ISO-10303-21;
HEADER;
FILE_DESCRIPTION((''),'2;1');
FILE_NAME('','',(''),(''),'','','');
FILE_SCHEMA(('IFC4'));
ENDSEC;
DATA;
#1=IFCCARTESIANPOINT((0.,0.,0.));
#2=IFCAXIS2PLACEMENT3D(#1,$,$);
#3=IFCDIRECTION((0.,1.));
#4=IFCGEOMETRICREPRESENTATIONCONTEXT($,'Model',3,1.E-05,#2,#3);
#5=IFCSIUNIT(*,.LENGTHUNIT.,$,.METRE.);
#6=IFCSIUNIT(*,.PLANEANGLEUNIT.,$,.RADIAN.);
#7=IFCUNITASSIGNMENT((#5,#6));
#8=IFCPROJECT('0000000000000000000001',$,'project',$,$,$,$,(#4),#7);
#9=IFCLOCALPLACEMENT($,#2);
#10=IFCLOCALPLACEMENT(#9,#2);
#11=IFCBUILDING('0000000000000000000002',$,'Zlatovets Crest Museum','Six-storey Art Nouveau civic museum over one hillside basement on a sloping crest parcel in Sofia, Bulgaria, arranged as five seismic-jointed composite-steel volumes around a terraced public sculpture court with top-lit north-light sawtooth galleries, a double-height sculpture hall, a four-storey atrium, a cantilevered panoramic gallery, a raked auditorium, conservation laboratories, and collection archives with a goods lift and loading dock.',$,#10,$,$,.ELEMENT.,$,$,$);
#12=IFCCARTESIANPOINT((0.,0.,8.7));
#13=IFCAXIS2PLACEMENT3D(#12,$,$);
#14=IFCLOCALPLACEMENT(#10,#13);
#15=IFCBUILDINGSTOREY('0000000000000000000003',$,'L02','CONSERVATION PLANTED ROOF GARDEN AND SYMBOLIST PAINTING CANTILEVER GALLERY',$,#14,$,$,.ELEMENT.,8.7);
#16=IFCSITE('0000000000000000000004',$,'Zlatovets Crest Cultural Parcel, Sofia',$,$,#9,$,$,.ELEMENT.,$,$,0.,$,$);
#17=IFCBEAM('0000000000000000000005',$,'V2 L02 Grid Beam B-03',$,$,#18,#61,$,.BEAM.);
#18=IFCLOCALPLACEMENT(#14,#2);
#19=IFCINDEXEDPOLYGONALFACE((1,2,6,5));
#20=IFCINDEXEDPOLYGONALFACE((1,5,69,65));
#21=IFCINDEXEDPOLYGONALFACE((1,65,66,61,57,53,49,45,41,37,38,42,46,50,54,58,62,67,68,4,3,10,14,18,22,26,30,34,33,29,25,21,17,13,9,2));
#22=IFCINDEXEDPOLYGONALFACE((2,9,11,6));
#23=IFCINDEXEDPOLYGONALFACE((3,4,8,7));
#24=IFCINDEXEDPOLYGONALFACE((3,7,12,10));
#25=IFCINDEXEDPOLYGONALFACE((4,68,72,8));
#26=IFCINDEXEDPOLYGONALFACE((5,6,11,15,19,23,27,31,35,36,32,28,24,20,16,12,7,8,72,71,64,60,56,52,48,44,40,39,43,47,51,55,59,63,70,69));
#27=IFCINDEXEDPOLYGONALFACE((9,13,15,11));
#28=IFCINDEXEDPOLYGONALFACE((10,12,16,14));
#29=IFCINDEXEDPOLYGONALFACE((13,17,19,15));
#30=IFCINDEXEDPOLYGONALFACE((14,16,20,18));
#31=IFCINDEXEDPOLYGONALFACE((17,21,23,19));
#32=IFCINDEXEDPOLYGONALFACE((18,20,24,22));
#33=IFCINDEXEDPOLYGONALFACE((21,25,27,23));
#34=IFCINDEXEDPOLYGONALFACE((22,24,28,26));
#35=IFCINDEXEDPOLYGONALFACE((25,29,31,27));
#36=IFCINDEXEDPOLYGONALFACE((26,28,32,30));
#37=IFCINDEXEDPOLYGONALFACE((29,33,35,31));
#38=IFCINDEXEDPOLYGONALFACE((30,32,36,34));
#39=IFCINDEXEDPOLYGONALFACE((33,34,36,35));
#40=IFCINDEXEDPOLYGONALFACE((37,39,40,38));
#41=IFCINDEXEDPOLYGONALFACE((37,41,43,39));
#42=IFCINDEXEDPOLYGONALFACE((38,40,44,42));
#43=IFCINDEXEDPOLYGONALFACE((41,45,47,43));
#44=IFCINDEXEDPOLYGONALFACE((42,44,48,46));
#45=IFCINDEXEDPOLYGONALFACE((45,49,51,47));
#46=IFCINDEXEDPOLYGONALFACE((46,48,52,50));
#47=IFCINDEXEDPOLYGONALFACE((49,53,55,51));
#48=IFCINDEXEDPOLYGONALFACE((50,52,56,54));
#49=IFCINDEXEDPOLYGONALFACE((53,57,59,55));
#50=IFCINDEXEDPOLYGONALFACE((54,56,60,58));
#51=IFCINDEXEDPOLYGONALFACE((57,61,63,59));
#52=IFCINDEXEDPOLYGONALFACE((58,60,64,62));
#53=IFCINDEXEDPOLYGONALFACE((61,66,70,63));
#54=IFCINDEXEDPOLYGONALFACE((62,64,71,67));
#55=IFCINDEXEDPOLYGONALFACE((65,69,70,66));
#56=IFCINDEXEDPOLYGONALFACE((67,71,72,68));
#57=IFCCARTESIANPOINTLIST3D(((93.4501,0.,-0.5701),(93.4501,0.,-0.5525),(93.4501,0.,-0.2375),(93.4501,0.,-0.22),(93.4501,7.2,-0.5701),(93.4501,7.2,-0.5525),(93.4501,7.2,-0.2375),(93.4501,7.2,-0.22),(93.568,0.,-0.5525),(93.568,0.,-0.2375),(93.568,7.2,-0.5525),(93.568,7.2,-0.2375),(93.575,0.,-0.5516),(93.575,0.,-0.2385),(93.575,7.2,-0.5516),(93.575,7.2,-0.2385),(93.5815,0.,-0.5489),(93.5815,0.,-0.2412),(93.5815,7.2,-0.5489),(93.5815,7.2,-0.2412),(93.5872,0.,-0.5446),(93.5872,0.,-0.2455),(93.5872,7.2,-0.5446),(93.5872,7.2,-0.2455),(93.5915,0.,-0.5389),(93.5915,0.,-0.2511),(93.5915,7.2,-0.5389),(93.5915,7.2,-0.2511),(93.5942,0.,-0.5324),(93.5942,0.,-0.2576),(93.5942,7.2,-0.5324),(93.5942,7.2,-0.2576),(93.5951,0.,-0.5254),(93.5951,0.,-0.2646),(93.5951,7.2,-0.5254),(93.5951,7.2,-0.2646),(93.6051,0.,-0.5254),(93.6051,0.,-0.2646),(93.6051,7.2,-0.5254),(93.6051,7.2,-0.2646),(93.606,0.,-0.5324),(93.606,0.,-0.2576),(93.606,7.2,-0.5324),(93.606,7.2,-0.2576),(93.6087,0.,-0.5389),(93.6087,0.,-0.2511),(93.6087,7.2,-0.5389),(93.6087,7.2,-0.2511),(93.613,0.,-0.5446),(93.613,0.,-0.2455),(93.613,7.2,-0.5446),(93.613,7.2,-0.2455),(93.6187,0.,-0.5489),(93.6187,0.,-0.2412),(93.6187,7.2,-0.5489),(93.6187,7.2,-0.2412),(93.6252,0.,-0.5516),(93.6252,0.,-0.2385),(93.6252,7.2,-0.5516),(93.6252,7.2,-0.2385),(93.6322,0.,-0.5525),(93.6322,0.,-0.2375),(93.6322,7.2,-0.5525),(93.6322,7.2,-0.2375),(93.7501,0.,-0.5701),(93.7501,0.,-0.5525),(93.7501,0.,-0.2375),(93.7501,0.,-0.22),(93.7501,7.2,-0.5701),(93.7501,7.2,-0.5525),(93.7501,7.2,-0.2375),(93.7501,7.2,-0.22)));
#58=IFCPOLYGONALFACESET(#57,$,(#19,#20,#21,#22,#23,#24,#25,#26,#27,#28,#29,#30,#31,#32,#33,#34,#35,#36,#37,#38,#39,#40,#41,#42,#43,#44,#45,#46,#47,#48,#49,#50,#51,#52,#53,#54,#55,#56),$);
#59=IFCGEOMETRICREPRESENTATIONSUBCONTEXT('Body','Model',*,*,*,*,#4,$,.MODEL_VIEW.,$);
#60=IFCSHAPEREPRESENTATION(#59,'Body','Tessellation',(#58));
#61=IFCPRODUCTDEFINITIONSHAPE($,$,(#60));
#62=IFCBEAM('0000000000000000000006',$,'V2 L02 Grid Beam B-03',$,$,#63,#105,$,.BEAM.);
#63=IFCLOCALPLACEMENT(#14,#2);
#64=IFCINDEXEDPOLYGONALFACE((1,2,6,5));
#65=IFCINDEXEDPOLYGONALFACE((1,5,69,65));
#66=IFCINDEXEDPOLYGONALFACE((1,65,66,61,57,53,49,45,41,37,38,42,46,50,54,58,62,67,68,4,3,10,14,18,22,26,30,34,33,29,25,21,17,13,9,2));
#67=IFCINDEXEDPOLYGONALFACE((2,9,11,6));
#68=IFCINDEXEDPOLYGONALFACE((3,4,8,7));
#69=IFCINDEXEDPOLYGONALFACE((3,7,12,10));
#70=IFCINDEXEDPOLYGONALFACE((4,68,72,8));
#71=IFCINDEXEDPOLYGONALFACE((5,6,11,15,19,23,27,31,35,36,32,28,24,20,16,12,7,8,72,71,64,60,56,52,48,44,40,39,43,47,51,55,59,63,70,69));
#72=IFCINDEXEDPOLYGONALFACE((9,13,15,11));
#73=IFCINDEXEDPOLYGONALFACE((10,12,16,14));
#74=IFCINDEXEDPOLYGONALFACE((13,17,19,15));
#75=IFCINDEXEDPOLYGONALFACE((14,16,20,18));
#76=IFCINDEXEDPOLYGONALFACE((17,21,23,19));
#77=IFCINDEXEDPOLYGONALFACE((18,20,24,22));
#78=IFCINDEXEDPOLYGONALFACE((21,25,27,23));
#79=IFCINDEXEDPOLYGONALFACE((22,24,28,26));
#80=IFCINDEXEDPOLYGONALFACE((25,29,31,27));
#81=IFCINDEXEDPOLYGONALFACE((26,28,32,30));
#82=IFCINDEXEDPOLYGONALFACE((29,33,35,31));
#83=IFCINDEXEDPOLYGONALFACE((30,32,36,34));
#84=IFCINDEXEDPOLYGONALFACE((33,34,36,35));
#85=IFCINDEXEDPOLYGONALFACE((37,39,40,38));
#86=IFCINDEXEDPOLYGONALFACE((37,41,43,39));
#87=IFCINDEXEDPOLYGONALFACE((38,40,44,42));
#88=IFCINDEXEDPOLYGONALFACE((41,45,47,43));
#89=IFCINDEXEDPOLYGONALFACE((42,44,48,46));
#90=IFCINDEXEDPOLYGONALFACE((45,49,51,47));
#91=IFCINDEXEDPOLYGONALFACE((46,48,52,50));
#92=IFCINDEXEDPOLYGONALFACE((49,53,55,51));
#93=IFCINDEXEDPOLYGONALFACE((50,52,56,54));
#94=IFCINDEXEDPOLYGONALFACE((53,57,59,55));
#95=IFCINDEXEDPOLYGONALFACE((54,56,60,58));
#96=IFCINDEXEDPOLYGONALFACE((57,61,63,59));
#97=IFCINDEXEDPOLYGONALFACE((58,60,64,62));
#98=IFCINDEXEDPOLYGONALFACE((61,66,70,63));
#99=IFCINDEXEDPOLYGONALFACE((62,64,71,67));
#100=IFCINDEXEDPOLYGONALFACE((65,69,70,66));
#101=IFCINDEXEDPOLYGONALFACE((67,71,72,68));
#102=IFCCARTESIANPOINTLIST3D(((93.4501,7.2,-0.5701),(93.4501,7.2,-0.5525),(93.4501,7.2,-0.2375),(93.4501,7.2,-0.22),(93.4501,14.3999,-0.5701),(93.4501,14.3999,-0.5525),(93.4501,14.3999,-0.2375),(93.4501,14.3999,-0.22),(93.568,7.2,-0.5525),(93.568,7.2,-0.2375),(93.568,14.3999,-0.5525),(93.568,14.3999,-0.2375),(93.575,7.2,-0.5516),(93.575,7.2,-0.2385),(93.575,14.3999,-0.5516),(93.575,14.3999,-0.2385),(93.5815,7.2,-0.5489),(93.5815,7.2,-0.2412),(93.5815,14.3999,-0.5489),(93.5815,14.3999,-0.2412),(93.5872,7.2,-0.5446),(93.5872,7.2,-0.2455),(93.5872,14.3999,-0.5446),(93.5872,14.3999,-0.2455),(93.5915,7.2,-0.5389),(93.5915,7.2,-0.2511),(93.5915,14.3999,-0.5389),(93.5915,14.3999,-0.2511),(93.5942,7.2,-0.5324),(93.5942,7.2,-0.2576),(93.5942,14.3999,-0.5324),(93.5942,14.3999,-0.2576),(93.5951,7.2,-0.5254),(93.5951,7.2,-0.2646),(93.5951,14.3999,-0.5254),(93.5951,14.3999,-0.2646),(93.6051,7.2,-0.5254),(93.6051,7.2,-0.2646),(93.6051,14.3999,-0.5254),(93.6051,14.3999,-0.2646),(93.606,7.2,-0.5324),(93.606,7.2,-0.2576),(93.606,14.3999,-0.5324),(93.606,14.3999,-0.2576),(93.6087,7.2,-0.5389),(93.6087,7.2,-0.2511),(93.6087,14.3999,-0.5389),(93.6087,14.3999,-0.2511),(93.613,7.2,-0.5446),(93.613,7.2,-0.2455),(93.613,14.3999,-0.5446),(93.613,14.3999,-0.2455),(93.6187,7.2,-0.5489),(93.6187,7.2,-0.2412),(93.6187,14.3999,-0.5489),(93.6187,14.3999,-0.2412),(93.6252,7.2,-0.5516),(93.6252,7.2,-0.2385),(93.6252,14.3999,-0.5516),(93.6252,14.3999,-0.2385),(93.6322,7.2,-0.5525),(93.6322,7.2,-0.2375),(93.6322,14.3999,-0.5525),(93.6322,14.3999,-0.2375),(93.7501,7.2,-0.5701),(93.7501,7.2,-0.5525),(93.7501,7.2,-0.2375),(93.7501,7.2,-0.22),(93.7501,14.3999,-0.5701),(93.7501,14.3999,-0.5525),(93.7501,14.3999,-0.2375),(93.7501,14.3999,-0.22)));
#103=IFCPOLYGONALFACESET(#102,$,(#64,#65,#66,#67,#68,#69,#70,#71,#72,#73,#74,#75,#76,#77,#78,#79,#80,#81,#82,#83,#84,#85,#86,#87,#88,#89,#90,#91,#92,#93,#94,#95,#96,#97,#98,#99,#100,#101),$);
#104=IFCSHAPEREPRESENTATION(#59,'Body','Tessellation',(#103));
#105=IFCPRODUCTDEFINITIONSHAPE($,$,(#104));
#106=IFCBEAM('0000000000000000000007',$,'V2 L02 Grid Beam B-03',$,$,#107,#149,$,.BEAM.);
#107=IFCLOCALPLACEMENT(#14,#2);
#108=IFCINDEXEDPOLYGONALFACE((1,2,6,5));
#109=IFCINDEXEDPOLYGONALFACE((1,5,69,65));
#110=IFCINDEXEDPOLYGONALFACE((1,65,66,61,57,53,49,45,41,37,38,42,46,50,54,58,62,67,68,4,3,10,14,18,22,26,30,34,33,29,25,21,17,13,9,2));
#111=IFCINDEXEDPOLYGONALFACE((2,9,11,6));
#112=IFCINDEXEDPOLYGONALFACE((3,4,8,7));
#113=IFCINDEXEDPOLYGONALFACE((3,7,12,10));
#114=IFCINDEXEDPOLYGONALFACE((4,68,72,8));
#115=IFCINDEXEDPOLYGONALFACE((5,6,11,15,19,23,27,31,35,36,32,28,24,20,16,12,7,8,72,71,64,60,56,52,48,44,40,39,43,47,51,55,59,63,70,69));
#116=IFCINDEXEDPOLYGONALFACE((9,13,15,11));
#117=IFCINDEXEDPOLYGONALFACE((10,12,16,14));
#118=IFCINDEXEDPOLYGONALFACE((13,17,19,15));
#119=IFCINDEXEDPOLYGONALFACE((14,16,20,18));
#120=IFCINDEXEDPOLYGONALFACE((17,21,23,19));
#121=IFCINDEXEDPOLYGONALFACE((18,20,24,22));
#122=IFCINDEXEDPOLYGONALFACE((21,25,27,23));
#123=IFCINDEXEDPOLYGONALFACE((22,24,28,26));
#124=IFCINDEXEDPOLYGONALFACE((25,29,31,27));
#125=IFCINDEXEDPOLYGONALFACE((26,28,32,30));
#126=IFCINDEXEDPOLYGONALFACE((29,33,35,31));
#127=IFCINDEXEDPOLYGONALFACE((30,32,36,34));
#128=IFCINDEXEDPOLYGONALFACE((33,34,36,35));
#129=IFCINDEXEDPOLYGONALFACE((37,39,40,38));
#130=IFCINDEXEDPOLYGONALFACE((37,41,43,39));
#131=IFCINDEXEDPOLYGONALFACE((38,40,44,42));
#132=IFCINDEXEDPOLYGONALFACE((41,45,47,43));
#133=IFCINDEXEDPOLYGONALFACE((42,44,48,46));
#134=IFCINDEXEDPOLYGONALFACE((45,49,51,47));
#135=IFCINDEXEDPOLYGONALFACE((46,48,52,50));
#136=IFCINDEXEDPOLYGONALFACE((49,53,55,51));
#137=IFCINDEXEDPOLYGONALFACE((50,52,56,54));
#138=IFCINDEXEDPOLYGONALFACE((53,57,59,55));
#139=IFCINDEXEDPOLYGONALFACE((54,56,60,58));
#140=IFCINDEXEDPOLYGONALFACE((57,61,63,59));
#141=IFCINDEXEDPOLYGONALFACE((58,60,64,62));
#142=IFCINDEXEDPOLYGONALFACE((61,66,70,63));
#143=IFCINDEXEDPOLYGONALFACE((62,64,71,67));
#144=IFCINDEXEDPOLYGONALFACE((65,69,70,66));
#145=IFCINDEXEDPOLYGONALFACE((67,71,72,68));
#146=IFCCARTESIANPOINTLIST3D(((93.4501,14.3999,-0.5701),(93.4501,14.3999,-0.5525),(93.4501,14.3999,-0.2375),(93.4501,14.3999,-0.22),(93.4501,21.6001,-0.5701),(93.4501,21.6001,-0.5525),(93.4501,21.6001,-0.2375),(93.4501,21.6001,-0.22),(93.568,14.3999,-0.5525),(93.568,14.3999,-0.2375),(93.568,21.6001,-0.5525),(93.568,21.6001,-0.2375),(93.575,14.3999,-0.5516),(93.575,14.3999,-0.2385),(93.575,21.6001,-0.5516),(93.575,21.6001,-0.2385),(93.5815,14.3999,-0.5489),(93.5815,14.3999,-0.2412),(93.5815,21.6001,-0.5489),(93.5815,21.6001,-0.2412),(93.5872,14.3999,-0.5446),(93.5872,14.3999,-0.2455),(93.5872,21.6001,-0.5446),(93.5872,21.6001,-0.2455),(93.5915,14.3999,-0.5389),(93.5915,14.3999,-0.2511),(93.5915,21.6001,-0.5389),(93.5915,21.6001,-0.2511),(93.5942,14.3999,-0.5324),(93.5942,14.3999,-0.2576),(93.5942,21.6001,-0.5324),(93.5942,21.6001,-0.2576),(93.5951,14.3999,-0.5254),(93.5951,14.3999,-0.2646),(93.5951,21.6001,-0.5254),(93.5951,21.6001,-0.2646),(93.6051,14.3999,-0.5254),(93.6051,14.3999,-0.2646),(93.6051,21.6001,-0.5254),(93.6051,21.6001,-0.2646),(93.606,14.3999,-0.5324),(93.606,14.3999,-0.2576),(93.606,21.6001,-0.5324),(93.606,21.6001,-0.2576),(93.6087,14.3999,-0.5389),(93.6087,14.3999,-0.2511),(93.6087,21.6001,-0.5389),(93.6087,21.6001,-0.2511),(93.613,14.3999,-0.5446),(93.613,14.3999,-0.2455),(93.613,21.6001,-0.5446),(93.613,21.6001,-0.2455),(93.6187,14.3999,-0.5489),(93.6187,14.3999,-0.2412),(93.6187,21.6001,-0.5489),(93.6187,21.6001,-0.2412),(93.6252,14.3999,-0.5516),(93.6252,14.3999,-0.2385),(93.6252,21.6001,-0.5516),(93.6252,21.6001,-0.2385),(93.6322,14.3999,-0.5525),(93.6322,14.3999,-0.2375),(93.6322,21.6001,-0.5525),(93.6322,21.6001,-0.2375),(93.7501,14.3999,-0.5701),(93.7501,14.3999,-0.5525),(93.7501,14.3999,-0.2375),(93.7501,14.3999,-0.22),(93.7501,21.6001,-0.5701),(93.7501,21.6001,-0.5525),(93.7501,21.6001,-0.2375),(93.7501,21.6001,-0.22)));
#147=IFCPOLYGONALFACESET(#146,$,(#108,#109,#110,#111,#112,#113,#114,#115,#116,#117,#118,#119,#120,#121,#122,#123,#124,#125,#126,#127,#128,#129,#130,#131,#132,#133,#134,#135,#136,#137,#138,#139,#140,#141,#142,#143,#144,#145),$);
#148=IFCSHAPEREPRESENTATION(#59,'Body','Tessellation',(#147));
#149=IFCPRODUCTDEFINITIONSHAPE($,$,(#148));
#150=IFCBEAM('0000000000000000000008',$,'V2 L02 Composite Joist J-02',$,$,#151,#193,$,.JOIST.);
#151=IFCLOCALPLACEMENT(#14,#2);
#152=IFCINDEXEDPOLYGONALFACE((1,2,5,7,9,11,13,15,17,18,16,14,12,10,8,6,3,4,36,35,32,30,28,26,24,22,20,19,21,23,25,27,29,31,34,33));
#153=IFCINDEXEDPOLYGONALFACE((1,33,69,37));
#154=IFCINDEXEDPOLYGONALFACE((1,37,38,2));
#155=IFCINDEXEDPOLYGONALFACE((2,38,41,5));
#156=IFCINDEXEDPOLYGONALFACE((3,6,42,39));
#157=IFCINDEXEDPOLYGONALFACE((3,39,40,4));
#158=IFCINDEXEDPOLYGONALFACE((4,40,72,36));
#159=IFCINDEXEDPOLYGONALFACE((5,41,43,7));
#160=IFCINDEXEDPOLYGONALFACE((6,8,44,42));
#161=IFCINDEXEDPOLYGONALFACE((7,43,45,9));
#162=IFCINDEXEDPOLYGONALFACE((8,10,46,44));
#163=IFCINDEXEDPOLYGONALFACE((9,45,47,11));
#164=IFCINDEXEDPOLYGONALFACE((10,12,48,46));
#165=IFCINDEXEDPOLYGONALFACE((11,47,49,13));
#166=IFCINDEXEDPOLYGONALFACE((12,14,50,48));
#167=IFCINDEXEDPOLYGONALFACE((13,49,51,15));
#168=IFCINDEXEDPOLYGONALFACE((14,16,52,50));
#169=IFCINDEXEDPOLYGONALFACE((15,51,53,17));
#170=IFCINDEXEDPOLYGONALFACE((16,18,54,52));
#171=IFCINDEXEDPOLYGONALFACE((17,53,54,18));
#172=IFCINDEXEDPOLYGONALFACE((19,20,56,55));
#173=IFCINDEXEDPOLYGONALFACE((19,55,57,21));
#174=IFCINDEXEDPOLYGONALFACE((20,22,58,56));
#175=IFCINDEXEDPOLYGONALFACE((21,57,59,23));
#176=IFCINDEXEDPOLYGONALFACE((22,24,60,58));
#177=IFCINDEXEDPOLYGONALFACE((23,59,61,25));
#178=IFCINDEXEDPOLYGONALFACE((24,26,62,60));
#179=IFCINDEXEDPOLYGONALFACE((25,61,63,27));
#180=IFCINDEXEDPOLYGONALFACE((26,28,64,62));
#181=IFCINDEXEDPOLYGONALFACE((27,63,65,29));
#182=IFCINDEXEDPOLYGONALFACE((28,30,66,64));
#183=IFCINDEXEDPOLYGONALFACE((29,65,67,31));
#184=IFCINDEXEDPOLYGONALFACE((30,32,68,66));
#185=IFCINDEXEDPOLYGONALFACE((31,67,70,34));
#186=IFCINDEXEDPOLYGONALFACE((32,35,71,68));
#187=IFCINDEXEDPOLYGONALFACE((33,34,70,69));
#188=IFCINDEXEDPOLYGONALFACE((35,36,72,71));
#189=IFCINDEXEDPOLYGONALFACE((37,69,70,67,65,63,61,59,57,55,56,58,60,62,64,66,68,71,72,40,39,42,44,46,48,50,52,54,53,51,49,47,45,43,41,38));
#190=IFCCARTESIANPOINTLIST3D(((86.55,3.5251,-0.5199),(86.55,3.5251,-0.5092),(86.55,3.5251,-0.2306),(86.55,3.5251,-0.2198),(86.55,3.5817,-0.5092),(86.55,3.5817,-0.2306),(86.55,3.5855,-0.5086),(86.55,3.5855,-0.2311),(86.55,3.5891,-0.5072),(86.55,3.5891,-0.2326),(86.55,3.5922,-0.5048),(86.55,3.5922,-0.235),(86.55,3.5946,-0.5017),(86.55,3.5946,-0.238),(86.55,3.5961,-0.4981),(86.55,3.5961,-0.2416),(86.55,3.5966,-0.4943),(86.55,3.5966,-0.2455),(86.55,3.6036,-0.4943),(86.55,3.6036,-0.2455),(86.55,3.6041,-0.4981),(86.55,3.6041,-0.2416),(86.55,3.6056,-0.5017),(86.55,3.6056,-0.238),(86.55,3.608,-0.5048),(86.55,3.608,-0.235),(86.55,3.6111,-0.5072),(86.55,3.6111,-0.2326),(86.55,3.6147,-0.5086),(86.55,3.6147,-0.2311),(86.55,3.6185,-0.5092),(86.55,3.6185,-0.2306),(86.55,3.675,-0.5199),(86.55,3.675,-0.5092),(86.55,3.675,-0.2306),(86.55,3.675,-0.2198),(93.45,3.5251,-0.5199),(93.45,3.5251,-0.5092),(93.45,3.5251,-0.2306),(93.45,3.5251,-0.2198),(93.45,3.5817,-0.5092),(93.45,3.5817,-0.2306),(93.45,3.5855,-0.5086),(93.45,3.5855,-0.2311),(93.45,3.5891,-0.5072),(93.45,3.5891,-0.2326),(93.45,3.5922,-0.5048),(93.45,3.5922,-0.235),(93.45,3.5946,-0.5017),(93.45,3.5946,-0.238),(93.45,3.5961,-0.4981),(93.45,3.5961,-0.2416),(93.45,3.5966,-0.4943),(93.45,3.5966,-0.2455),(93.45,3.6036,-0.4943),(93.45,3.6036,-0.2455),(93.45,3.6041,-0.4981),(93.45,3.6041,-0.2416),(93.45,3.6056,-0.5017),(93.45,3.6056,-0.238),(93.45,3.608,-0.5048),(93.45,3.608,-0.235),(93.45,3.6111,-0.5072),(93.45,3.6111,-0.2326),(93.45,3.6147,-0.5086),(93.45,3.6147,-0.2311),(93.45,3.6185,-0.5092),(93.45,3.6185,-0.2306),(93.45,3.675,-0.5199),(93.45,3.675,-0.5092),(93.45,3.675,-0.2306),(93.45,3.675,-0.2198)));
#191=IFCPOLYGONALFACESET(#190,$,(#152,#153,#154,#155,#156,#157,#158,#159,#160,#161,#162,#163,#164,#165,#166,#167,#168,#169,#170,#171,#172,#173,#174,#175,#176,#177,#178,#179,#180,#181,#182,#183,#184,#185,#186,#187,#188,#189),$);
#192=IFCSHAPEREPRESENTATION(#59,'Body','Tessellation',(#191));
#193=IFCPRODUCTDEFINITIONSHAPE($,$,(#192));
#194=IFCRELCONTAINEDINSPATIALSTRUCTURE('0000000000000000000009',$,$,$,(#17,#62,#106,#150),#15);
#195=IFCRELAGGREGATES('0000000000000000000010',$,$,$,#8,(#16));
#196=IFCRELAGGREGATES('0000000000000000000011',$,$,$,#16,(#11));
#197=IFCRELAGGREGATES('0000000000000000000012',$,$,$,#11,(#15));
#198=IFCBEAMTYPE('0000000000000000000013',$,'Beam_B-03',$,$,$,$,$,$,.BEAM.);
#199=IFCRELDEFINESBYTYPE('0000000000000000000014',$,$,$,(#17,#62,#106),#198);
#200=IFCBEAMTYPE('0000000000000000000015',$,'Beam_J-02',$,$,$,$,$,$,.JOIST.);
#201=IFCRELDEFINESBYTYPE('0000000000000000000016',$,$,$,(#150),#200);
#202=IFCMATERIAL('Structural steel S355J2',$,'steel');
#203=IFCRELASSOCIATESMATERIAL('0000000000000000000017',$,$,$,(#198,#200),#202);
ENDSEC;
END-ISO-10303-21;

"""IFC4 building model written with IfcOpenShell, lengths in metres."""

from ifc_helpers import new_model, si_unit, direction, frame, origin, origin_2d, place, context, subcontext, project, spatial, i_section, extrude, material, material_profile, profile_set, type_object, element, save


model = new_model("IFC4")

# Units and contexts
model_context = context("Model", 3, precision=1e-05, world=origin(), true_north=direction((0.0, 1.0)))
body_context = subcontext(model_context, "Body", "Model", "MODEL_VIEW")
ifc_project = project(units=[si_unit("LENGTHUNIT", "METRE"), si_unit("PLANEANGLEUNIT", "RADIAN")], contexts=[model_context])

# Site, building, storey
site_placement = place(None, origin())
site = spatial("IfcSite", under=ifc_project, at=site_placement, Name="Zlatovets Crest Cultural Parcel, Sofia", CompositionType="ELEMENT", RefElevation=0.0)
building_placement = place(site_placement, origin())
building = spatial("IfcBuilding", under=site, at=building_placement, Name="Zlatovets Crest Museum", Description="Six-storey Art Nouveau civic museum over one hillside basement on a sloping crest parcel in Sofia, Bulgaria, arranged as five seismic-jointed composite-steel volumes around a terraced public sculpture court with top-lit north-light sawtooth galleries, a double-height sculpture hall, a four-storey atrium, a cantilevered panoramic gallery, a raked auditorium, conservation laboratories, and collection archives with a goods lift and loading dock.", CompositionType="ELEMENT")
storey_placement = place(building_placement, frame((0.0, 0.0, 8.7)))
storey = spatial("IfcBuildingStorey", under=building, at=storey_placement, Name="L02", Description="CONSERVATION PLANTED ROOF GARDEN AND SYMBOLIST PAINTING CANTILEVER GALLERY", CompositionType="ELEMENT", Elevation=8.7)

# Shared definitions
ifc_material_1 = material(Name="Structural steel S355J2", Category="steel")

# Beams
ifc_material_profile_1 = material_profile(ifc_material_1, i_section(OverallWidth=0.3, OverallDepth=0.3501, WebThickness=0.01, FlangeThickness=0.0176, FilletRadius=0.0271, at=origin_2d()), Name="HEA 360")
ifc_profile_set_1 = profile_set([ifc_material_profile_1], Name="Structural steel S355J2")
beam_type_1 = type_object("IfcBeamType", Name="Beam_B-03", PredefinedType="BEAM", material=ifc_profile_set_1)
for number, where, z_axis, x_axis, name in (
    (1, (93.6001, 0.0, -0.395), (0.0, 1.0, 0.0), (-1.0, 0.0, 0.0), "V2 L02 Grid Beam B-03"),
    (2, (93.6001, 7.2, -0.395), (0.0, 1.0, 0.0), (-1.0, 0.0, 0.0), "V2 L02 Grid Beam B-03"),
):
    element("IfcBeam", number, at=place(storey_placement, frame(where, z_axis=z_axis, x_axis=x_axis)), inside=storey, type_object=beam_type_1, Name=name, PredefinedType="BEAM", context=body_context, shape_type="SweptSolid", body=[
        extrude(i_section(OverallWidth=0.3, OverallDepth=0.3501, WebThickness=0.01, FlangeThickness=0.0176, FilletRadius=0.0271, at=origin_2d()), origin(), (0.0, 0.0, 1.0), 7.2),
    ])
beam_1_placement = place(storey_placement, frame((93.6001, 14.3999, -0.395), z_axis=(0.0, 1.0, 0.0), x_axis=(-1.0, 0.0, 0.0)))
element("IfcBeam", 3, at=beam_1_placement, inside=storey, type_object=beam_type_1, Name="V2 L02 Grid Beam B-03", PredefinedType="BEAM", context=body_context, shape_type="SweptSolid", body=[
    extrude(i_section(OverallWidth=0.3, OverallDepth=0.3501, WebThickness=0.01, FlangeThickness=0.0176, FilletRadius=0.0271, at=origin_2d()), origin(), (0.0, 0.0, 1.0), 7.2002),
])
ifc_material_profile_2 = material_profile(ifc_material_1, i_section(OverallWidth=0.1499, OverallDepth=0.3, WebThickness=0.0071, FlangeThickness=0.0107, FilletRadius=0.0149, at=origin_2d()), Name="IPE 300")
ifc_profile_set_2 = profile_set([ifc_material_profile_2], Name="Structural steel S355J2")
beam_type_2 = type_object("IfcBeamType", Name="Beam_J-02", PredefinedType="JOIST", material=ifc_profile_set_2)
for number, where, z_axis, x_axis, name in (
    (4, (86.55, 3.6001, -0.3699), (1.0, 0.0, 0.0), (0.0, 1.0, 0.0), "V2 L02 Composite Joist J-02"),
):
    element("IfcBeam", number, at=place(storey_placement, frame(where, z_axis=z_axis, x_axis=x_axis)), inside=storey, type_object=beam_type_2, Name=name, PredefinedType="JOIST", context=body_context, shape_type="SweptSolid", body=[
        extrude(i_section(OverallWidth=0.1499, OverallDepth=0.3, WebThickness=0.0071, FlangeThickness=0.0107, FilletRadius=0.0149, at=origin_2d()), origin(), (0.0, 0.0, 1.0), 6.8999),
    ])

save(model, "model.ifc")
